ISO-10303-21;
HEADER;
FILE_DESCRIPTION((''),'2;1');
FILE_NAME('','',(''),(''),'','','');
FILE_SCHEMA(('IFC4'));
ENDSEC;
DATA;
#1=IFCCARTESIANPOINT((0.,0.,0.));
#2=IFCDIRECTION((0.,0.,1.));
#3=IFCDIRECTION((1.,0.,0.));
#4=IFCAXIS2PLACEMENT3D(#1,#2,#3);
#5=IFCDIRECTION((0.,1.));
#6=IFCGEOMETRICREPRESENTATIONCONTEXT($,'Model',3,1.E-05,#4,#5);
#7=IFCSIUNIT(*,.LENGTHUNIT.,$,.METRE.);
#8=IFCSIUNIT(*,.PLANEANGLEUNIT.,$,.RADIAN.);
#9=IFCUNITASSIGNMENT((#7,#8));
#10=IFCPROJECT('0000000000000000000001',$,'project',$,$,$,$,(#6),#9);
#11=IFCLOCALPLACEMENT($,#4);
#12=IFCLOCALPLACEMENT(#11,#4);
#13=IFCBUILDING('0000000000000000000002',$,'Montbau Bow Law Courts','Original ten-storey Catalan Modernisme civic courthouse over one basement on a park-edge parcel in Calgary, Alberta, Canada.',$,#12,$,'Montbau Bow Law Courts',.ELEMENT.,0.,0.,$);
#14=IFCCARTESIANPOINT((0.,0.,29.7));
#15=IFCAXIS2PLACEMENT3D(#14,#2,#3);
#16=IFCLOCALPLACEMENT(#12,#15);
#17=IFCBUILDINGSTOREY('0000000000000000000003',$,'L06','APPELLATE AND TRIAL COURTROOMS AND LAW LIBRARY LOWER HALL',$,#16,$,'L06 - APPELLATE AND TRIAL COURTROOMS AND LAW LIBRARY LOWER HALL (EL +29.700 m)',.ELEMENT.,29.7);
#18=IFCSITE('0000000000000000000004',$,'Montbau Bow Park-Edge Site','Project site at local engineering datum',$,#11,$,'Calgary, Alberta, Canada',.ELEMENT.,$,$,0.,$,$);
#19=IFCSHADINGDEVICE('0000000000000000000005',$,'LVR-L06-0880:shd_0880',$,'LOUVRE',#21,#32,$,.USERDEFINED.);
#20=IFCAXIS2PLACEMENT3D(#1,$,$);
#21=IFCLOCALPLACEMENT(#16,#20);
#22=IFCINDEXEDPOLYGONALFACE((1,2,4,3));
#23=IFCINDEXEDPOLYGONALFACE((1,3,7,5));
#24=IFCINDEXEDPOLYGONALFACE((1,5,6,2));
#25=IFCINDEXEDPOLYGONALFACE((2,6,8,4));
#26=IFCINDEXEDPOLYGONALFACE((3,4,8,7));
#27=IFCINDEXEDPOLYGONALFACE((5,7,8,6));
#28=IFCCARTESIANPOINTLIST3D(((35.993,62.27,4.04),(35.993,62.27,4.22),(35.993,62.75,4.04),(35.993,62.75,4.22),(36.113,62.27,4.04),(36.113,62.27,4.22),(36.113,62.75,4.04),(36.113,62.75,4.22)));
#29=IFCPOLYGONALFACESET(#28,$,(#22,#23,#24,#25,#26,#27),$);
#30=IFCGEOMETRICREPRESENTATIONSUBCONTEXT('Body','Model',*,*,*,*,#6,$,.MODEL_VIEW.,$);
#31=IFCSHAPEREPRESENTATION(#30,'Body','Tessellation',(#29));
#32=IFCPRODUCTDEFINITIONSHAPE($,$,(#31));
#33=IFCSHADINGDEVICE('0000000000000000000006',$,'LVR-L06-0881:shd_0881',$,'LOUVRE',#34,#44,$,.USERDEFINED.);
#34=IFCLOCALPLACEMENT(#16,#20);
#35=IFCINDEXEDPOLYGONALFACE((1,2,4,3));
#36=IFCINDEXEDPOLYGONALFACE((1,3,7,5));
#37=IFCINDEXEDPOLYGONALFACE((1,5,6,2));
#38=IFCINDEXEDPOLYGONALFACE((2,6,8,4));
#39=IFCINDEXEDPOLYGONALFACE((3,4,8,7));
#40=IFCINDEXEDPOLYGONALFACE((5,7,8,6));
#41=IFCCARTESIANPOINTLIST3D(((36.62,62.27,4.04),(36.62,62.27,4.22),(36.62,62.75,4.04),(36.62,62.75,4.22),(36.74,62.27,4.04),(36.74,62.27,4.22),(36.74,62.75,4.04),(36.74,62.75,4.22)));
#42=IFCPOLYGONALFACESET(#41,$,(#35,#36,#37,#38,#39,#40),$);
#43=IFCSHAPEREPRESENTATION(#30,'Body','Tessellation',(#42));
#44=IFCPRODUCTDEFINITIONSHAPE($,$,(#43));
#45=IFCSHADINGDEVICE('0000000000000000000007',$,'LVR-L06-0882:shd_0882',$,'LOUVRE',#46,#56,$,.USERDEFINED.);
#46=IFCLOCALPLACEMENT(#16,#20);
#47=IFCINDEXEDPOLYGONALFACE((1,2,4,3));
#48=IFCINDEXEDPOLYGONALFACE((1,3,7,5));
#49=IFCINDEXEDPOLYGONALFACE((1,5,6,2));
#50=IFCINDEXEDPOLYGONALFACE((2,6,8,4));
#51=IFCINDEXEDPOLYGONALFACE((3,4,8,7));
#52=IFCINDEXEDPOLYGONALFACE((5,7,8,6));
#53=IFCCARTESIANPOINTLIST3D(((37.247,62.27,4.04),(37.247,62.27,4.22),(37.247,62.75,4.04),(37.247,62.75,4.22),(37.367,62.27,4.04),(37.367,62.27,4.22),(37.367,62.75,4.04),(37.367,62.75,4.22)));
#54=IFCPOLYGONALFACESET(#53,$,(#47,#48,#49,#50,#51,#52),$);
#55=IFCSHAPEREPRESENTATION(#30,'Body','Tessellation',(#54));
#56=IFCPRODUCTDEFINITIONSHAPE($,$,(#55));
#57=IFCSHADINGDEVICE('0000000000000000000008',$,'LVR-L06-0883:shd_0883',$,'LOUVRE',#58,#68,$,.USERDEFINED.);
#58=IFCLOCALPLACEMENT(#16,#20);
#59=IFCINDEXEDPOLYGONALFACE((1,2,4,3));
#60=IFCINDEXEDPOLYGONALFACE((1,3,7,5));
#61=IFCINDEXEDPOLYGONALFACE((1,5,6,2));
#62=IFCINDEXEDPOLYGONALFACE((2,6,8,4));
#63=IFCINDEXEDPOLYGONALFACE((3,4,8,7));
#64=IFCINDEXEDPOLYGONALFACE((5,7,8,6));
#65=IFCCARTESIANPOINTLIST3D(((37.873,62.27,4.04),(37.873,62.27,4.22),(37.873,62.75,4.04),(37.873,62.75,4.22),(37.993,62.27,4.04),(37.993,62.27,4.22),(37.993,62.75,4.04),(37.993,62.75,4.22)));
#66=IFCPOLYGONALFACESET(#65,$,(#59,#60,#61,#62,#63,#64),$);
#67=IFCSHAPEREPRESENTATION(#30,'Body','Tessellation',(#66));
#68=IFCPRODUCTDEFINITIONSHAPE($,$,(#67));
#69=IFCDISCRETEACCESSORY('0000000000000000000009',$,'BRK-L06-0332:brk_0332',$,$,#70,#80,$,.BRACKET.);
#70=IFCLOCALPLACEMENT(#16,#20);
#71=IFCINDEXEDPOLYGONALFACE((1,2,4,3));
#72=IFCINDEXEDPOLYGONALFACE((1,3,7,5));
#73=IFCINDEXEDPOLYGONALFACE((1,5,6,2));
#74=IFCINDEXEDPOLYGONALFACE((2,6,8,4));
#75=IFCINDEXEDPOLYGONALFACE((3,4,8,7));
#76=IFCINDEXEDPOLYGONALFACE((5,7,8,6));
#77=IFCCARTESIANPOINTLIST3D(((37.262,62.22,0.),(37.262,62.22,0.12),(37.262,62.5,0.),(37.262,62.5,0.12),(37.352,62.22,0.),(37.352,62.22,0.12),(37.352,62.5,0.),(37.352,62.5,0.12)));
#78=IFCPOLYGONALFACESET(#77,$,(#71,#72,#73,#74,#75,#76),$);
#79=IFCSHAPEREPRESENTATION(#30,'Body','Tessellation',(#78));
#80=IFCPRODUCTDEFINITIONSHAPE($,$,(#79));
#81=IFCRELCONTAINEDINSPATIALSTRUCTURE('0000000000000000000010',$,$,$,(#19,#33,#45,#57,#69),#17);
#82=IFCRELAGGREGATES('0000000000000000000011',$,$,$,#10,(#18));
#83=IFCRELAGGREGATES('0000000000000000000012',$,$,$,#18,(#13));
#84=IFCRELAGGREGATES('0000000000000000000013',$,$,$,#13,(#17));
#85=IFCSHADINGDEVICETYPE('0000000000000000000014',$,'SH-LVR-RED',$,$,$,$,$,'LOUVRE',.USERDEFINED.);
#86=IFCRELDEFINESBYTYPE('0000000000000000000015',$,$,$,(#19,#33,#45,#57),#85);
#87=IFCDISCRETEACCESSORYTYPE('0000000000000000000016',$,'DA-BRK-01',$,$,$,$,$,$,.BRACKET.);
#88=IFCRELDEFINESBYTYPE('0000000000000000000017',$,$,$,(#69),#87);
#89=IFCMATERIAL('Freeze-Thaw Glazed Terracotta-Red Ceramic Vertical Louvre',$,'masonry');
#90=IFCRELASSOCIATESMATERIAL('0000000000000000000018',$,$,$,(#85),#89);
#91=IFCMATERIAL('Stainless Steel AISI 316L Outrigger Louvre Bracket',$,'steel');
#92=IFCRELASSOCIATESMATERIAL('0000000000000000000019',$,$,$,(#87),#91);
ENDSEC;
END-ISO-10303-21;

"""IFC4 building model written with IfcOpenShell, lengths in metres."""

from ifc_helpers import new_model, si_unit, direction, frame, origin_with_axes, origin_2d_with_axis, place, context, subcontext, project, spatial, rectangle, extrude, material, type_object, element, save


model = new_model("IFC4")

# Units and contexts
model_context = context("Model", 3, precision=1e-05, world=origin_with_axes(), true_north=direction((0.0, 1.0)))
body_context = subcontext(model_context, "Body", "Model", "MODEL_VIEW")
ifc_project = project(units=[si_unit("LENGTHUNIT", "METRE"), si_unit("PLANEANGLEUNIT", "RADIAN")], contexts=[model_context])

# Site, building, storey
site_placement = place(None, origin_with_axes())
site = spatial("IfcSite", under=ifc_project, at=site_placement, Name="Montbau Bow Park-Edge Site", Description="Project site at local engineering datum", LongName="Calgary, Alberta, Canada", CompositionType="ELEMENT", RefElevation=0.0)
building_placement = place(site_placement, origin_with_axes())
building = spatial("IfcBuilding", under=site, at=building_placement, Name="Montbau Bow Law Courts", Description="Original ten-storey Catalan Modernisme civic courthouse over one basement on a park-edge parcel in Calgary, Alberta, Canada.", LongName="Montbau Bow Law Courts", CompositionType="ELEMENT", ElevationOfRefHeight=0.0, ElevationOfTerrain=0.0)
storey_placement = place(building_placement, frame((0.0, 0.0, 29.7), z_axis=(0.0, 0.0, 1.0), x_axis=(1.0, 0.0, 0.0)))
storey = spatial("IfcBuildingStorey", under=building, at=storey_placement, Name="L06", Description="APPELLATE AND TRIAL COURTROOMS AND LAW LIBRARY LOWER HALL", LongName="L06 - APPELLATE AND TRIAL COURTROOMS AND LAW LIBRARY LOWER HALL (EL +29.700 m)", CompositionType="ELEMENT", Elevation=29.7)

# Shared definitions
ifc_material_1 = material(Name="Freeze-Thaw Glazed Terracotta-Red Ceramic Vertical Louvre", Category="masonry")

# Shading devices
shading_device_type = type_object("IfcShadingDeviceType", Name="SH-LVR-RED", ElementType="LOUVRE", PredefinedType="USERDEFINED", material=ifc_material_1)
for number, where, z_axis, x_axis, name in (
    (1, (36.053, 62.51, 33.74), (0.0, 0.0, 1.0), (0.0, 1.0, 0.0), "LVR-L06-0880:shd_0880"),
    (2, (36.68, 62.51, 33.74), (0.0, 0.0, 1.0), (0.0, 1.0, 0.0), "LVR-L06-0881:shd_0881"),
    (3, (37.307, 62.51, 33.74), (0.0, 0.0, 1.0), (0.0, 1.0, 0.0), "LVR-L06-0882:shd_0882"),
    (4, (37.933, 62.51, 33.74), (0.0, 0.0, 1.0), (0.0, 1.0, 0.0), "LVR-L06-0883:shd_0883"),
):
    element("IfcShadingDevice", number, at=place(None, frame(where, z_axis=z_axis, x_axis=x_axis)), inside=storey, type_object=shading_device_type, Name=name, ObjectType="LOUVRE", PredefinedType="USERDEFINED", context=body_context, shape_type="SweptSolid", body=[
        extrude(rectangle(XDim=0.48, YDim=0.12, at=origin_2d_with_axis()), origin_with_axes(), (0.0, 0.0, 1.0), 0.18),
    ])

# Discrete accessory
ifc_material_2 = material(Name="Stainless Steel AISI 316L Outrigger Louvre Bracket", Category="steel")
discrete_accessory_type = type_object("IfcDiscreteAccessoryType", Name="DA-BRK-01", PredefinedType="BRACKET", material=ifc_material_2)
discrete_accessory_placement = place(None, frame((37.307, 62.36, 29.7), z_axis=(0.0, 0.0, 1.0), x_axis=(0.0, 1.0, 0.0)))
element("IfcDiscreteAccessory", 5, at=discrete_accessory_placement, inside=storey, type_object=discrete_accessory_type, Name="BRK-L06-0332:brk_0332", PredefinedType="BRACKET", context=body_context, shape_type="SweptSolid", body=[
    extrude(rectangle(XDim=0.28, YDim=0.09, at=origin_2d_with_axis()), origin_with_axes(), (0.0, 0.0, 1.0), 0.12),
])

save(model, "model.ifc")
